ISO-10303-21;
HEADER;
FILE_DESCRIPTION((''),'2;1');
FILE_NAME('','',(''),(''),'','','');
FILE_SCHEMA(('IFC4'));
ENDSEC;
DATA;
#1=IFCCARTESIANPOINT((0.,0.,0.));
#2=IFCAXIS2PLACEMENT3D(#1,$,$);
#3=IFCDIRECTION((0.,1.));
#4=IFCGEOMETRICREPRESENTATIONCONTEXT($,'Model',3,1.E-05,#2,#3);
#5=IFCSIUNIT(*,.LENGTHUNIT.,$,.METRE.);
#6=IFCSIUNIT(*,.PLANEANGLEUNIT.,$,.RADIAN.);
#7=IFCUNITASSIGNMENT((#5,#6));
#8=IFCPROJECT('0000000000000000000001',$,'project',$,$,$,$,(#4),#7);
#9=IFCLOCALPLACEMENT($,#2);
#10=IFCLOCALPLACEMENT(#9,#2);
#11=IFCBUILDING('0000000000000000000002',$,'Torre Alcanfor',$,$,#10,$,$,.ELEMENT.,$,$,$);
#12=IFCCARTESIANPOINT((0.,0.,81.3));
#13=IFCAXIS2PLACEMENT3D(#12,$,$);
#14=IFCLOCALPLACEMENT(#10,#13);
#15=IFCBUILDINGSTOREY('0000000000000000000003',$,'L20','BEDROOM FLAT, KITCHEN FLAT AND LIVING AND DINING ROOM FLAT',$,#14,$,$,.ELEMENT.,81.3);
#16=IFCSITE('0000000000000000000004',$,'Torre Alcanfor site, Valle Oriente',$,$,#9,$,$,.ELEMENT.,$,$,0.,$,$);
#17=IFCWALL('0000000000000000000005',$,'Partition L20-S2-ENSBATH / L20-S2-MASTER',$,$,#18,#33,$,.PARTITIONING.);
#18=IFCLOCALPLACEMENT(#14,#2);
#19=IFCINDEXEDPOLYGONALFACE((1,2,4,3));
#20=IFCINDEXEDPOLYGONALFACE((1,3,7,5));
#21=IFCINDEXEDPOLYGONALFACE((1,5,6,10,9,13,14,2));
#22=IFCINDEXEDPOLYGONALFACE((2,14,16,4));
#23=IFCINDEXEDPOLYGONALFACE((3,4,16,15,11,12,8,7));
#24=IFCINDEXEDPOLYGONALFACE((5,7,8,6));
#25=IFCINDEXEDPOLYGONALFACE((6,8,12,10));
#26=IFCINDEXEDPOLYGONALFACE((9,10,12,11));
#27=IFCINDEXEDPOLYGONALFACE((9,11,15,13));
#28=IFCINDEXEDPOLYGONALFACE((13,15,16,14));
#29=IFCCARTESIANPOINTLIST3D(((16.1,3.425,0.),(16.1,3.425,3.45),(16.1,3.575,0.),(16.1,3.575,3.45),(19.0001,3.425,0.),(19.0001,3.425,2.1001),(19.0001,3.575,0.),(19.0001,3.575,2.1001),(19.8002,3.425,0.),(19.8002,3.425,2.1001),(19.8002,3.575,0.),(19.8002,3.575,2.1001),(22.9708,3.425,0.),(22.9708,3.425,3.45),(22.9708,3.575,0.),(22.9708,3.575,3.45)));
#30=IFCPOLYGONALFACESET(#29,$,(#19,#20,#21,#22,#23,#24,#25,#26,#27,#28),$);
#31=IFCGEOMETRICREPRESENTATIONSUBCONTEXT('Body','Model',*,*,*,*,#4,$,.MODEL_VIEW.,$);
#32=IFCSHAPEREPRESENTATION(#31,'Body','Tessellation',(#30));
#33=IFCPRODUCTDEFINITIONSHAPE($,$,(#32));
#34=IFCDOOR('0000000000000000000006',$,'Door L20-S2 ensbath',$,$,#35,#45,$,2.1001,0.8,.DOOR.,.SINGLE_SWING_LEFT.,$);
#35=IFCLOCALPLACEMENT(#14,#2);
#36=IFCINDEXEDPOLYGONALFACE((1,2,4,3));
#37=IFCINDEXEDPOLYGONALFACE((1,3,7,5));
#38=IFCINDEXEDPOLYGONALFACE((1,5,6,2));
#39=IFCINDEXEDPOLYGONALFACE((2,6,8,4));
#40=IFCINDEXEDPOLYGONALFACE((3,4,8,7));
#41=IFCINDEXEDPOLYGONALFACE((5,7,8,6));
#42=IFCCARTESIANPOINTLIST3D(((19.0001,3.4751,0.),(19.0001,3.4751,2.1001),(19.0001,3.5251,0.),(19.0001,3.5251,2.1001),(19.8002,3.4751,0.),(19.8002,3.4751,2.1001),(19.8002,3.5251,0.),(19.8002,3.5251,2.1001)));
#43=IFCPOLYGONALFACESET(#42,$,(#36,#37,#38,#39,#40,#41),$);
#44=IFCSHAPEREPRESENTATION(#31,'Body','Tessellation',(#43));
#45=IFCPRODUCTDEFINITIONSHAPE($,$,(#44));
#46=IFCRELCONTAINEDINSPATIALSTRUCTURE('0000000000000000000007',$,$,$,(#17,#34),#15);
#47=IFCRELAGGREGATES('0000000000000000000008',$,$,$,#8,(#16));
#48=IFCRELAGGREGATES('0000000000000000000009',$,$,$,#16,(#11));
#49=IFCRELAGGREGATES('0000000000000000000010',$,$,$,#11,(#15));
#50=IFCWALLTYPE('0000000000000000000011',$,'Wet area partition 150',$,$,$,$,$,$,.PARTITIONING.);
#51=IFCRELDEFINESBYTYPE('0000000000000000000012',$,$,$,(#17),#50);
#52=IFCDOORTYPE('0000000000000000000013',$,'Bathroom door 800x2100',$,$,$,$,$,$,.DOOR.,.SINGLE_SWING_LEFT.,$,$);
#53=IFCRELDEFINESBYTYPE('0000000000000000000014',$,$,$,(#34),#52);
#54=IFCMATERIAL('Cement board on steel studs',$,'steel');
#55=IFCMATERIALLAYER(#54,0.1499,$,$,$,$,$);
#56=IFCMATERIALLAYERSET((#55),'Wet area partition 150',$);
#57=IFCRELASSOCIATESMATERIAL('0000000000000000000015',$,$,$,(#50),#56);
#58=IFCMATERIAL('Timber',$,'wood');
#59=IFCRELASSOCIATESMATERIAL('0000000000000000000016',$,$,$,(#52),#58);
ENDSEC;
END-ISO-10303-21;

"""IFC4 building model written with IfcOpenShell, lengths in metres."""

from ifc_helpers import new_model, si_unit, direction, frame, frame_2d, origin, place, context, subcontext, project, spatial, rectangle, extrude, material, layer, layer_set, type_object, element, fill, save


model = new_model("IFC4")

# Units and contexts
model_context = context("Model", 3, precision=1e-05, world=origin(), true_north=direction((0.0, 1.0)))
body_context = subcontext(model_context, "Body", "Model", "MODEL_VIEW")
ifc_project = project(units=[si_unit("LENGTHUNIT", "METRE"), si_unit("PLANEANGLEUNIT", "RADIAN")], contexts=[model_context])

# Site, building, storey
site_placement = place(None, origin())
site = spatial("IfcSite", under=ifc_project, at=site_placement, Name="Torre Alcanfor site, Valle Oriente", CompositionType="ELEMENT", RefElevation=0.0)
building_placement = place(site_placement, origin())
building = spatial("IfcBuilding", under=site, at=building_placement, Name="Torre Alcanfor", CompositionType="ELEMENT")
storey_placement = place(building_placement, frame((0.0, 0.0, 81.3)))
storey = spatial("IfcBuildingStorey", under=building, at=storey_placement, Name="L20", Description="BEDROOM FLAT, KITCHEN FLAT AND LIVING AND DINING ROOM FLAT", CompositionType="ELEMENT", Elevation=81.3)

# Shared definitions
ifc_material_1 = material(Name="Cement board on steel studs", Category="steel")
ifc_layer_1 = layer(ifc_material_1, 0.1499)
ifc_layer_set_1 = layer_set([ifc_layer_1], Name="Wet area partition 150")
wall_type_1 = type_object("IfcWallType", Name="Wet area partition 150", PredefinedType="PARTITIONING", material=ifc_layer_set_1)

# Wall, opening, door
wall_1_placement = place(storey_placement, frame((22.9709, 3.5, 0.0), z_axis=(0.0, 0.0, 1.0), x_axis=(-1.0, 0.0, 0.0)))
wall_1 = element("IfcWall", 1, at=wall_1_placement, inside=storey, type_object=wall_type_1, Name="Partition L20-S2-ENSBATH / L20-S2-MASTER", PredefinedType="PARTITIONING", context=body_context, shape_type="SweptSolid", body=[
    extrude(rectangle(XDim=6.8708, YDim=0.1499, at=frame_2d((3.4355, 0.0))), origin(), (0.0, 0.0, 1.0), 3.45),
])
opening_1_placement = place(wall_1_placement, frame((3.1709, 0.0, 0.0)))
opening_1 = element("IfcOpeningElement", 2, at=opening_1_placement, cuts=wall_1, PredefinedType="OPENING", context=body_context, shape_type="SweptSolid", body=[
    extrude(rectangle(XDim=0.8, YDim=2.1001, at=frame_2d((0.3999, 1.05))), frame((0.0, 0.085, 0.0), z_axis=(0.0, -1.0, 0.0), x_axis=(1.0, 0.0, 0.0)), (0.0, 0.0, 1.0), 0.1699),
])
ifc_material_2 = material(Name="Timber", Category="wood")
door_type_1 = type_object("IfcDoorType", Name="Bathroom door 800x2100", OperationType="SINGLE_SWING_LEFT", PredefinedType="DOOR", material=ifc_material_2)
door_1_placement = place(opening_1_placement, frame((0.8, 0.0, 0.0), z_axis=(0.0, 0.0, 1.0), x_axis=(-1.0, 0.0, 0.0)))
door_1 = element("IfcDoor", 3, at=door_1_placement, inside=storey, type_object=door_type_1, Name="Door L20-S2 ensbath", OperationType="SINGLE_SWING_LEFT", OverallHeight=2.1001, OverallWidth=0.8, PredefinedType="DOOR", context=body_context, shape_type="SweptSolid", body=[
    extrude(rectangle(XDim=0.8, YDim=2.1001, at=frame_2d((0.4001, 1.05))), frame((0.0, 0.0251, 0.0), z_axis=(0.0, -1.0, 0.0), x_axis=(1.0, 0.0, 0.0)), (0.0, 0.0, 1.0), 0.05),
])
fill(opening_1, door_1)

save(model, "model.ifc")
